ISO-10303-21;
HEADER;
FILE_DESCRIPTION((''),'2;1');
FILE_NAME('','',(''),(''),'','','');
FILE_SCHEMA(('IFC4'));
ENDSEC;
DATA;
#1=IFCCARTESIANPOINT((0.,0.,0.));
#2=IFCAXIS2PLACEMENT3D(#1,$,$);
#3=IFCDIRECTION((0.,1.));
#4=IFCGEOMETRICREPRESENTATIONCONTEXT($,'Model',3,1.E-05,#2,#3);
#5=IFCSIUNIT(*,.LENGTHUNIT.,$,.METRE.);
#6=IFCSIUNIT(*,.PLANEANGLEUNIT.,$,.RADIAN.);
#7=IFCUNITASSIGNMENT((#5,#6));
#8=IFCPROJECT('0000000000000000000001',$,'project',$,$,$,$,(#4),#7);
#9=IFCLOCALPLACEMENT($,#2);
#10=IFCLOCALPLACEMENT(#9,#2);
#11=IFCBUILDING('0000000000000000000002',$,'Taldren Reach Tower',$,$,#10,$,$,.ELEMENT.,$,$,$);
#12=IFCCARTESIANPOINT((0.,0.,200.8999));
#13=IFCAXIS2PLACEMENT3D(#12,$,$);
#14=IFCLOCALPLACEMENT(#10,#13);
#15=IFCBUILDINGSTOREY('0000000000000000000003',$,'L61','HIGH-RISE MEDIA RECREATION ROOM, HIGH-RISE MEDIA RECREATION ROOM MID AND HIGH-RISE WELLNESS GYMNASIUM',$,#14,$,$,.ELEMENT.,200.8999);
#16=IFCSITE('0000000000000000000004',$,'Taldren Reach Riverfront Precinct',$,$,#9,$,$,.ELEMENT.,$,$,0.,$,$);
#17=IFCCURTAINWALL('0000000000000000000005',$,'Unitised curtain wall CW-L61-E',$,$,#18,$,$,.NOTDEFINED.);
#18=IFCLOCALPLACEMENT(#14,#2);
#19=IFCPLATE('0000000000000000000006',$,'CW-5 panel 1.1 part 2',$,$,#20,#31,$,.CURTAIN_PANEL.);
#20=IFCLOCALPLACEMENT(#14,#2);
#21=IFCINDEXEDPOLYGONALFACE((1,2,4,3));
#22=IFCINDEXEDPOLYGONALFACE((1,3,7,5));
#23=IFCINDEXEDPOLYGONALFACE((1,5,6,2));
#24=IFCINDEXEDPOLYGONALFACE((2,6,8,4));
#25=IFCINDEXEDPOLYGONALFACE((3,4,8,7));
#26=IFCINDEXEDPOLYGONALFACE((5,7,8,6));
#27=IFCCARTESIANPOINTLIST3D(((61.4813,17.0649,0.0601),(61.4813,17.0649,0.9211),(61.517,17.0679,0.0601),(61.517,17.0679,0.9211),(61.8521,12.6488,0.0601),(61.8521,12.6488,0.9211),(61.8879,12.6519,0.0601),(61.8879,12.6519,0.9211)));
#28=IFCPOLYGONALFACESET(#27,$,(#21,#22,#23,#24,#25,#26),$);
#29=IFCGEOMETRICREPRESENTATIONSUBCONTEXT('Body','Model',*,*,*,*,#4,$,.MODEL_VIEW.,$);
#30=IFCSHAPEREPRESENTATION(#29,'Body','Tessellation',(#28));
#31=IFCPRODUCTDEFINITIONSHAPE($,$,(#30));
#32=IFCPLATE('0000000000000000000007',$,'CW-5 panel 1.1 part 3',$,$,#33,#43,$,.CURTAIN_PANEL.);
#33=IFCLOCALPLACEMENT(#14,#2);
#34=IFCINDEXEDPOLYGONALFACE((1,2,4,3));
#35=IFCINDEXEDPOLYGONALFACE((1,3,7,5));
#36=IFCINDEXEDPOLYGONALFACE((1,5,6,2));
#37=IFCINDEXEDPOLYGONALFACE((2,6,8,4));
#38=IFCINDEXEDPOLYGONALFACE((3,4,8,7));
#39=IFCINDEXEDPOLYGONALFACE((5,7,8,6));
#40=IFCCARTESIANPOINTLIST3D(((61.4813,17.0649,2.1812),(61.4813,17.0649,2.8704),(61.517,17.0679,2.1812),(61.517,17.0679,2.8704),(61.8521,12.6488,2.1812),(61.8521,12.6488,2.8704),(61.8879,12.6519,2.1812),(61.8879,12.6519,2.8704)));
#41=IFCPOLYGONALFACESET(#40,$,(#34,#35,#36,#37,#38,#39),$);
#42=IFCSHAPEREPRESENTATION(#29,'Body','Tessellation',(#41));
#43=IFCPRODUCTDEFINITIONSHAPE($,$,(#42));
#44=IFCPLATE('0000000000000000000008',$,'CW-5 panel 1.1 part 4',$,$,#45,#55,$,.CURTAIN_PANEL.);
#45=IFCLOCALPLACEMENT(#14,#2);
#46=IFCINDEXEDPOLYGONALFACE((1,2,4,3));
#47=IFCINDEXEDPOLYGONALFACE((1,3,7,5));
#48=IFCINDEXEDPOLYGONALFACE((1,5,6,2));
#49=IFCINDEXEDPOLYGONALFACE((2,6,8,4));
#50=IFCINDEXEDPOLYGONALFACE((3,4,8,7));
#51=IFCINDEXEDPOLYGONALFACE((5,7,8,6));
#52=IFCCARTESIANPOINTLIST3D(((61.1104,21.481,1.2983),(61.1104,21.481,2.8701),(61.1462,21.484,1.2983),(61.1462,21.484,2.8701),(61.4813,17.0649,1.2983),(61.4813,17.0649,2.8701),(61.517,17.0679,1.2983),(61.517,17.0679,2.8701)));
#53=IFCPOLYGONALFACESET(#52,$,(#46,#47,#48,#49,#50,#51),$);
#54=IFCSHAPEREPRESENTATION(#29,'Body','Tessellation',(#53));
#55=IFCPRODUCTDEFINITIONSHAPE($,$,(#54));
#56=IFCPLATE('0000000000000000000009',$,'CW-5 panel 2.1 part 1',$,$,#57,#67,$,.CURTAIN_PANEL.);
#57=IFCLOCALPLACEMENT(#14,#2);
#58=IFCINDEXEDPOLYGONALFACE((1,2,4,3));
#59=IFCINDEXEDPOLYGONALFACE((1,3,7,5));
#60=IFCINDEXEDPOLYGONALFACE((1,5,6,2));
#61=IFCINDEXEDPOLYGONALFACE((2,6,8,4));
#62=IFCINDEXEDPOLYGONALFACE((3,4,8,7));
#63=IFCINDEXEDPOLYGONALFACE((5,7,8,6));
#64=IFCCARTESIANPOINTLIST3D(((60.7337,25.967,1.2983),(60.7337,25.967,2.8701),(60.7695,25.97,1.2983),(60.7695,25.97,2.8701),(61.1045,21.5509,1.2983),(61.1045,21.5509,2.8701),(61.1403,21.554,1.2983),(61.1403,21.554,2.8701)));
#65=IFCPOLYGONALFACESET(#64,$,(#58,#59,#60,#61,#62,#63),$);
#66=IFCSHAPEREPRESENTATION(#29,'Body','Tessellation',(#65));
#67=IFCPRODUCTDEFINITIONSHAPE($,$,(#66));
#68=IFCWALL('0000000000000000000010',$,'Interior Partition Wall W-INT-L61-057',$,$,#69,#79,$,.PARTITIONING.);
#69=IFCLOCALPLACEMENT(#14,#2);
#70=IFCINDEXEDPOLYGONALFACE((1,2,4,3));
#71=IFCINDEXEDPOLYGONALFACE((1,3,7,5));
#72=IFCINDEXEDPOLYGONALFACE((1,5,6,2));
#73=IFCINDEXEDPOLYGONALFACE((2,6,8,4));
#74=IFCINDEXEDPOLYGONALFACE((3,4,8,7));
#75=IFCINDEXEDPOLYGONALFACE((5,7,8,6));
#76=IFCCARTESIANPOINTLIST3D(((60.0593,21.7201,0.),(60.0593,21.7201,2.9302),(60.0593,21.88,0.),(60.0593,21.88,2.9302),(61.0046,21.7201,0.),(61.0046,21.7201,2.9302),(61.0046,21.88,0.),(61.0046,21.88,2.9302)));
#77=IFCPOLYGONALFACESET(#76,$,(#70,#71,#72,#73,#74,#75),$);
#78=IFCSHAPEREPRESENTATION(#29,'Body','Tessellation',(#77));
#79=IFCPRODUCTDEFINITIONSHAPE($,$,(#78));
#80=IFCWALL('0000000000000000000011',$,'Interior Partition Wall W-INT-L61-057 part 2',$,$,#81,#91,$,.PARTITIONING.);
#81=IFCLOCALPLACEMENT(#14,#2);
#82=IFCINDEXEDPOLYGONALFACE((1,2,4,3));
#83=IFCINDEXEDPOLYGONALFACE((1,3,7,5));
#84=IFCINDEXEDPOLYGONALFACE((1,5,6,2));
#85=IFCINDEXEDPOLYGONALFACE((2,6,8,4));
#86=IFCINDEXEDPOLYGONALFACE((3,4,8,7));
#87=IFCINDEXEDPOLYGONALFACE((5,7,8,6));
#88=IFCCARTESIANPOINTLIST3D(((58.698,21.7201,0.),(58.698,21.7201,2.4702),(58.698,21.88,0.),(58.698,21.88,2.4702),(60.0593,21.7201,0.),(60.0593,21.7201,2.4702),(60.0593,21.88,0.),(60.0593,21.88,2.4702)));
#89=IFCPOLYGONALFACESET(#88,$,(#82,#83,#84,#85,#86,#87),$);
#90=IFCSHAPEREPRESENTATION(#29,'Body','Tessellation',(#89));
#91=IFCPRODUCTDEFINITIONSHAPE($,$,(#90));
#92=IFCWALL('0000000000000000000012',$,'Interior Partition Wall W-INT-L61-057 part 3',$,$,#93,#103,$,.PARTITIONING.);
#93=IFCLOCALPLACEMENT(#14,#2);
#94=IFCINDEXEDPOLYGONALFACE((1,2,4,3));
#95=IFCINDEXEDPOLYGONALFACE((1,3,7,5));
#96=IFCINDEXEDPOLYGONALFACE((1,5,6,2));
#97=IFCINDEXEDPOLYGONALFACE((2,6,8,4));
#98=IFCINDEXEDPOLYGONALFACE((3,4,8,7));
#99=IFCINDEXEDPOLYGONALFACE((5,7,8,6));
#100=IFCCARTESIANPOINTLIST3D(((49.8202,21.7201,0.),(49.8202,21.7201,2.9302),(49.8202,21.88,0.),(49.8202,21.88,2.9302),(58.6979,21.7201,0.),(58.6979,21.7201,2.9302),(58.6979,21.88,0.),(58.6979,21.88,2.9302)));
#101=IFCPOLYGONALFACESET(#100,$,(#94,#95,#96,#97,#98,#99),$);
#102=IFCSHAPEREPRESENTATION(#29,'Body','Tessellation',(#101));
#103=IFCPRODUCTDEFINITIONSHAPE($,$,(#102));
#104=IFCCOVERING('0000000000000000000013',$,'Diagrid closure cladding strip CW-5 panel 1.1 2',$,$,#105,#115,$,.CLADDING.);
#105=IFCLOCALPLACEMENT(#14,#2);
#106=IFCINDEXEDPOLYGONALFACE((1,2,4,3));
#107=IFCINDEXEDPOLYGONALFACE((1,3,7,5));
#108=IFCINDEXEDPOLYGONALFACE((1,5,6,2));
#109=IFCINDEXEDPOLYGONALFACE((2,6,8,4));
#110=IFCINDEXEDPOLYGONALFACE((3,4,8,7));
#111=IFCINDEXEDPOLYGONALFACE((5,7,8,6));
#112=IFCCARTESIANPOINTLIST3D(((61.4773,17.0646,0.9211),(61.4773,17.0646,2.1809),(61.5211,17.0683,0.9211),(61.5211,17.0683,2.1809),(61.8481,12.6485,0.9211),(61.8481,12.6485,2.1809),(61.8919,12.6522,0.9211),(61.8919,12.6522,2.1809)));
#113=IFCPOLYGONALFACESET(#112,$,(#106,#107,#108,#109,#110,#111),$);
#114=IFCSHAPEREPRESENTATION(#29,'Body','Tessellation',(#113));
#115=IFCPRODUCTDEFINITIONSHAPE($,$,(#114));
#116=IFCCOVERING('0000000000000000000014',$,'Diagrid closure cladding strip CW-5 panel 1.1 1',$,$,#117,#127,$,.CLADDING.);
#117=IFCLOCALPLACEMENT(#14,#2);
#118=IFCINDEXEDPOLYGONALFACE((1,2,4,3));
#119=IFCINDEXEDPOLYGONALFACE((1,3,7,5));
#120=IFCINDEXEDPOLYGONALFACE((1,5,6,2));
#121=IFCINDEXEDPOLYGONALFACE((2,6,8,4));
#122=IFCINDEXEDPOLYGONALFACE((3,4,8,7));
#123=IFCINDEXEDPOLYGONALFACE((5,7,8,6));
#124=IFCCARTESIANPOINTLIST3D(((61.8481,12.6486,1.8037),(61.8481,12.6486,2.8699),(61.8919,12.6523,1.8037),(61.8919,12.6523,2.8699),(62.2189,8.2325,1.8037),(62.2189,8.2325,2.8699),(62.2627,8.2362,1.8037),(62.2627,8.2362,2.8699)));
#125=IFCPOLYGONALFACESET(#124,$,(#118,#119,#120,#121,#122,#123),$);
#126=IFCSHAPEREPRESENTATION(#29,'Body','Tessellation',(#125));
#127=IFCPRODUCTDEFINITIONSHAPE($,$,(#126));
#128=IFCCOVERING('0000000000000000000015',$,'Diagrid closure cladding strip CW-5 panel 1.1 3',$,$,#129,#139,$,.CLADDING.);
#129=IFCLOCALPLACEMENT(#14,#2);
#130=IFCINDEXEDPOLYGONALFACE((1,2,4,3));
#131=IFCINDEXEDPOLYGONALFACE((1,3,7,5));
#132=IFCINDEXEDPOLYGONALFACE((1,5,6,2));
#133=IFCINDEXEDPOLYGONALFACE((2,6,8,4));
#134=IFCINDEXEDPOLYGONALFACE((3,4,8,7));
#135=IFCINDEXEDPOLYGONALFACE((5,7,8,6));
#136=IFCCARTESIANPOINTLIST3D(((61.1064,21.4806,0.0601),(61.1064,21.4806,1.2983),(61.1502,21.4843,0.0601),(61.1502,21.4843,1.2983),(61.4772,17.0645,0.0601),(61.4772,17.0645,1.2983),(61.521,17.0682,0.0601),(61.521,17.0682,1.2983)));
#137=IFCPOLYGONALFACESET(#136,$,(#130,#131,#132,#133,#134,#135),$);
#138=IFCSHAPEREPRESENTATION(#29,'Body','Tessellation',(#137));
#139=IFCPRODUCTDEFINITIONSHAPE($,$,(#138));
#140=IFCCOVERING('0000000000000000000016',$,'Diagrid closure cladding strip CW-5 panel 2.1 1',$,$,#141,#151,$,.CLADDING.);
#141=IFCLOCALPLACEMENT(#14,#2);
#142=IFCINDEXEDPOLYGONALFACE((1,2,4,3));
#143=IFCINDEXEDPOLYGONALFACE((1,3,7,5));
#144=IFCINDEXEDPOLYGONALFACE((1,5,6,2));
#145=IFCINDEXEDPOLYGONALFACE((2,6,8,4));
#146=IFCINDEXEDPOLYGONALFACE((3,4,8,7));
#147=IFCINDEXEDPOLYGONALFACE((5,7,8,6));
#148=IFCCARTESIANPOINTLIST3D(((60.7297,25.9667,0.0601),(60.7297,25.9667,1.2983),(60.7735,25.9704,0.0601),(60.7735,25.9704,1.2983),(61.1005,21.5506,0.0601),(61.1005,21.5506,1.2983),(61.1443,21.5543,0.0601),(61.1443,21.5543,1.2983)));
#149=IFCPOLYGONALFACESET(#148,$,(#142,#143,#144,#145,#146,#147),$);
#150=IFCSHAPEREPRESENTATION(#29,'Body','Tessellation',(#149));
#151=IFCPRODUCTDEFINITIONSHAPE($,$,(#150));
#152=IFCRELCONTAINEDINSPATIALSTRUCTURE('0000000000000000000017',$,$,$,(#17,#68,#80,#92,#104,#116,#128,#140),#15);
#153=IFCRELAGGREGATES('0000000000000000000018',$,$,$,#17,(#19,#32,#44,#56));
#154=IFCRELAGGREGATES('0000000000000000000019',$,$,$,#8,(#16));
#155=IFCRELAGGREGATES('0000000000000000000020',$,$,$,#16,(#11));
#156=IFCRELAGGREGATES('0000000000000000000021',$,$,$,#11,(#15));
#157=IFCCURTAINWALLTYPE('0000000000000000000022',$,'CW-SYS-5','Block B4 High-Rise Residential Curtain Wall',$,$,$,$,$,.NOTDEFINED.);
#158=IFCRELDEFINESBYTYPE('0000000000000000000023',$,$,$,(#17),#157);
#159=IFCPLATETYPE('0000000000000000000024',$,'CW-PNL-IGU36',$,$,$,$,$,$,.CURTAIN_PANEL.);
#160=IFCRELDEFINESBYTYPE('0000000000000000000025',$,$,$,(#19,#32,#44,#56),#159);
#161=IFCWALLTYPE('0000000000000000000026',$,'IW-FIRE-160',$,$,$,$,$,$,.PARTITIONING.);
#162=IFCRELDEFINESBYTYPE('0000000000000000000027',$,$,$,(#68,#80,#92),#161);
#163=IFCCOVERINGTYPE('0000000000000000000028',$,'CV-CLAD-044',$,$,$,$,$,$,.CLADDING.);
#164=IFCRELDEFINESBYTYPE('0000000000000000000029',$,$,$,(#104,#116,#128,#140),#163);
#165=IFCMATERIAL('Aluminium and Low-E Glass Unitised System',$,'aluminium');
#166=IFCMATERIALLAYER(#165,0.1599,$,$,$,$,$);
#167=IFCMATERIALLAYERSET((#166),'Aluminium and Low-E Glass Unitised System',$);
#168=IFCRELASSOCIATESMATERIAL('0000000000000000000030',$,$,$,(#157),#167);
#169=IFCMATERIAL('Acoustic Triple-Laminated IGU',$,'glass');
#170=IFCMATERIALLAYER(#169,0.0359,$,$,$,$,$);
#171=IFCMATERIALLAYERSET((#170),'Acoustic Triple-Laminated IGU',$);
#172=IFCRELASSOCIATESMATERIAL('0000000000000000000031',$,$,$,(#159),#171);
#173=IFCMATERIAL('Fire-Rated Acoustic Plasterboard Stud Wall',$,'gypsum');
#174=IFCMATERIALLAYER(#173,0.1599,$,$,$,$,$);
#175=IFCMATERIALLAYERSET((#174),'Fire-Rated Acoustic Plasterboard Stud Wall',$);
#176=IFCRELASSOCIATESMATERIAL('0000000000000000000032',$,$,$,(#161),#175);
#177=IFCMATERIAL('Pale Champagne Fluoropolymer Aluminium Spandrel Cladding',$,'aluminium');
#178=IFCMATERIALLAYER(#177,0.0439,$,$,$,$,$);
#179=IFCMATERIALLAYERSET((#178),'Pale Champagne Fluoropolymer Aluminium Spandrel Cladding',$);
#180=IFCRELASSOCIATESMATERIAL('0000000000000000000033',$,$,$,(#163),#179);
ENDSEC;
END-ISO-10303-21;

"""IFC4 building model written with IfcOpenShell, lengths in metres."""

from ifc_helpers import new_model, si_unit, direction, frame, frame_2d, origin, origin_2d, place, context, subcontext, project, spatial, rectangle, extrude, source, transform, mapped, material, layer, layer_set, type_object, element, aggregate, save


model = new_model("IFC4")

# Units and contexts
model_context = context("Model", 3, precision=1e-05, world=origin(), true_north=direction((0.0, 1.0)))
body_context = subcontext(model_context, "Body", "Model", "MODEL_VIEW")
ifc_project = project(units=[si_unit("LENGTHUNIT", "METRE"), si_unit("PLANEANGLEUNIT", "RADIAN")], contexts=[model_context])

# Site, building, storey
site_placement = place(None, origin())
site = spatial("IfcSite", under=ifc_project, at=site_placement, Name="Taldren Reach Riverfront Precinct", CompositionType="ELEMENT", RefElevation=0.0)
building_placement = place(site_placement, origin())
building = spatial("IfcBuilding", under=site, at=building_placement, Name="Taldren Reach Tower", CompositionType="ELEMENT")
storey_placement = place(building_placement, frame((0.0, 0.0, 200.8999)))
storey = spatial("IfcBuildingStorey", under=building, at=storey_placement, Name="L61", Description="HIGH-RISE MEDIA RECREATION ROOM, HIGH-RISE MEDIA RECREATION ROOM MID AND HIGH-RISE WELLNESS GYMNASIUM", CompositionType="ELEMENT", Elevation=200.8999)

# Curtain wall
ifc_material_1 = material(Name="Aluminium and Low-E Glass Unitised System", Category="aluminium")
ifc_layer_1 = layer(ifc_material_1, 0.1599)
ifc_layer_set_1 = layer_set([ifc_layer_1], Name="Aluminium and Low-E Glass Unitised System")
curtain_wall_type = type_object("IfcCurtainWallType", Name="CW-SYS-5", Description="Block B4 High-Rise Residential Curtain Wall", PredefinedType="NOTDEFINED", material=ifc_layer_set_1)
curtain_wall_placement = place(storey_placement, origin())
curtain_wall = element("IfcCurtainWall", 1, at=curtain_wall_placement, inside=storey, type_object=curtain_wall_type, Name="Unitised curtain wall CW-L61-E", PredefinedType="NOTDEFINED")

# Plates
ifc_material_2 = material(Name="Acoustic Triple-Laminated IGU", Category="glass")
ifc_layer_2 = layer(ifc_material_2, 0.0359)
ifc_layer_set_2 = layer_set([ifc_layer_2], Name="Acoustic Triple-Laminated IGU")
plate_type_1 = type_object("IfcPlateType", Name="CW-PNL-IGU36", PredefinedType="CURTAIN_PANEL", material=ifc_layer_set_2)
shared_shape_1 = source(origin(), body_context, "Body", "SweptSolid", [
    extrude(rectangle(XDim=4.4316, YDim=0.0359, at=origin_2d()), origin(), (0.0, 0.0, 1.0), 0.8611),
])
plate_1_placement = place(storey_placement, frame((61.6846, 14.8584, 0.0601), z_axis=(0.0, 0.0, 1.0), x_axis=(-0.083678, 0.996493, 0.0)))
plate_1 = element("IfcPlate", 2, at=plate_1_placement, type_object=plate_type_1, Name="CW-5 panel 1.1 part 2", PredefinedType="CURTAIN_PANEL", context=body_context, shape_type="MappedRepresentation", body=[
    mapped(shared_shape_1, transform((0.0, 0.0, 0.0), scale=1.0)),
])
shared_shape_2 = source(origin(), body_context, "Body", "SweptSolid", [
    extrude(rectangle(XDim=4.4316, YDim=0.0359, at=origin_2d()), origin(), (0.0, 0.0, 1.0), 0.6892),
])
plate_2_placement = place(storey_placement, frame((61.6846, 14.8584, 2.1812), z_axis=(0.0, 0.0, 1.0), x_axis=(-0.083678, 0.996493, 0.0)))
plate_2 = element("IfcPlate", 3, at=plate_2_placement, type_object=plate_type_1, Name="CW-5 panel 1.1 part 3", PredefinedType="CURTAIN_PANEL", context=body_context, shape_type="MappedRepresentation", body=[
    mapped(shared_shape_2, transform((0.0, 0.0, 0.0), scale=1.0)),
])
shared_shape_3 = source(origin(), body_context, "Body", "SweptSolid", [
    extrude(rectangle(XDim=4.4316, YDim=0.0359, at=origin_2d()), origin(), (0.0, 0.0, 1.0), 1.5718),
])
plate_3_placement = place(storey_placement, frame((61.3137, 19.2744, 1.2983), z_axis=(0.0, 0.0, 1.0), x_axis=(-0.083678, 0.996493, 0.0)))
plate_3 = element("IfcPlate", 4, at=plate_3_placement, type_object=plate_type_1, Name="CW-5 panel 1.1 part 4", PredefinedType="CURTAIN_PANEL", context=body_context, shape_type="MappedRepresentation", body=[
    mapped(shared_shape_3, transform((0.0, 0.0, 0.0), scale=1.0)),
])
plate_4_placement = place(storey_placement, frame((60.937, 23.7605, 1.2983), z_axis=(0.0, 0.0, 1.0), x_axis=(-0.083678, 0.996493, 0.0)))
plate_4 = element("IfcPlate", 5, at=plate_4_placement, type_object=plate_type_1, Name="CW-5 panel 2.1 part 1", PredefinedType="CURTAIN_PANEL", context=body_context, shape_type="MappedRepresentation", body=[
    mapped(shared_shape_3, transform((0.0, 0.0, 0.0), scale=1.0)),
])
aggregate(curtain_wall, [plate_1, plate_2, plate_3, plate_4])

# Walls
ifc_material_3 = material(Name="Fire-Rated Acoustic Plasterboard Stud Wall", Category="gypsum")
ifc_layer_3 = layer(ifc_material_3, 0.1599)
ifc_layer_set_3 = layer_set([ifc_layer_3], Name="Fire-Rated Acoustic Plasterboard Stud Wall")
wall_type = type_object("IfcWallType", Name="IW-FIRE-160", PredefinedType="PARTITIONING", material=ifc_layer_set_3)
shared_shape_4 = source(origin(), body_context, "Body", "SweptSolid", [
    extrude(rectangle(XDim=0.9453, YDim=0.1599, at=frame_2d((0.4727, 0.0))), origin(), (0.0, 0.0, 1.0), 2.9302),
])
wall_1_placement = place(storey_placement, frame((61.0046, 21.8, 0.0), z_axis=(0.0, 0.0, 1.0), x_axis=(-1.0, 0.0, 0.0)))
element("IfcWall", 6, at=wall_1_placement, inside=storey, type_object=wall_type, Name="Interior Partition Wall W-INT-L61-057", PredefinedType="PARTITIONING", context=body_context, shape_type="MappedRepresentation", body=[
    mapped(shared_shape_4, transform((0.0, 0.0, 0.0), scale=1.0)),
])
shared_shape_5 = source(origin(), body_context, "Body", "SweptSolid", [
    extrude(rectangle(XDim=1.3613, YDim=0.1599, at=frame_2d((0.6807, 0.0))), origin(), (0.0, 0.0, 1.0), 2.4702),
])
wall_2_placement = place(storey_placement, frame((60.0593, 21.8, 0.0), z_axis=(0.0, 0.0, 1.0), x_axis=(-1.0, 0.0, 0.0)))
element("IfcWall", 7, at=wall_2_placement, inside=storey, type_object=wall_type, Name="Interior Partition Wall W-INT-L61-057 part 2", PredefinedType="PARTITIONING", context=body_context, shape_type="MappedRepresentation", body=[
    mapped(shared_shape_5, transform((0.0, 0.0, 0.0), scale=1.0)),
])
shared_shape_6 = source(origin(), body_context, "Body", "SweptSolid", [
    extrude(rectangle(XDim=8.8777, YDim=0.1599, at=frame_2d((4.439, 0.0))), origin(), (0.0, 0.0, 1.0), 2.9302),
])
wall_3_placement = place(storey_placement, frame((58.698, 21.8, 0.0), z_axis=(0.0, 0.0, 1.0), x_axis=(-1.0, 0.0, 0.0)))
element("IfcWall", 8, at=wall_3_placement, inside=storey, type_object=wall_type, Name="Interior Partition Wall W-INT-L61-057 part 3", PredefinedType="PARTITIONING", context=body_context, shape_type="MappedRepresentation", body=[
    mapped(shared_shape_6, transform((0.0, 0.0, 0.0), scale=1.0)),
])

# Coverings
ifc_material_4 = material(Name="Pale Champagne Fluoropolymer Aluminium Spandrel Cladding", Category="aluminium")
ifc_layer_4 = layer(ifc_material_4, 0.0439)
ifc_layer_set_4 = layer_set([ifc_layer_4], Name="Pale Champagne Fluoropolymer Aluminium Spandrel Cladding")
covering_type = type_object("IfcCoveringType", Name="CV-CLAD-044", PredefinedType="CLADDING", material=ifc_layer_set_4)
shared_shape_7 = source(origin(), body_context, "Body", "SweptSolid", [
    extrude(rectangle(XDim=4.4316, YDim=0.0439, at=origin_2d()), origin(), (0.0, 0.0, 1.0), 1.2598),
])
covering_1_placement = place(storey_placement, frame((61.6846, 14.8584, 0.9211), z_axis=(0.0, 0.0, 1.0), x_axis=(-0.083678, 0.996493, 0.0)))
element("IfcCovering", 9, at=covering_1_placement, inside=storey, type_object=covering_type, Name="Diagrid closure cladding strip CW-5 panel 1.1 2", PredefinedType="CLADDING", context=body_context, shape_type="MappedRepresentation", body=[
    mapped(shared_shape_7, transform((0.0, 0.0, 0.0), scale=1.0)),
])
shared_shape_8 = source(origin(), body_context, "Body", "SweptSolid", [
    extrude(rectangle(XDim=4.4316, YDim=0.0439, at=origin_2d()), origin(), (0.0, 0.0, 1.0), 1.0662),
])
covering_2_placement = place(storey_placement, frame((62.0554, 10.4424, 1.8037), z_axis=(0.0, 0.0, 1.0), x_axis=(-0.083678, 0.996493, 0.0)))
element("IfcCovering", 10, at=covering_2_placement, inside=storey, type_object=covering_type, Name="Diagrid closure cladding strip CW-5 panel 1.1 1", PredefinedType="CLADDING", context=body_context, shape_type="MappedRepresentation", body=[
    mapped(shared_shape_8, transform((0.0, 0.0, 0.0), scale=1.0)),
])
shared_shape_9 = source(origin(), body_context, "Body", "SweptSolid", [
    extrude(rectangle(XDim=4.4316, YDim=0.0439, at=origin_2d()), origin(), (0.0, 0.0, 1.0), 1.2383),
])
for number, where, z_axis, x_axis, name in (
    (11, (61.3137, 19.2744, 0.0601), (0.0, 0.0, 1.0), (-0.083678, 0.996493, 0.0), "Diagrid closure cladding strip CW-5 panel 1.1 3"),
    (12, (60.937, 23.7605, 0.0601), (0.0, 0.0, 1.0), (-0.083678, 0.996493, 0.0), "Diagrid closure cladding strip CW-5 panel 2.1 1"),
):
    element("IfcCovering", number, at=place(storey_placement, frame(where, z_axis=z_axis, x_axis=x_axis)), inside=storey, type_object=covering_type, Name=name, PredefinedType="CLADDING", context=body_context, shape_type="MappedRepresentation", body=[
        mapped(shared_shape_9, transform((0.0, 0.0, 0.0), scale=1.0)),
    ])

save(model, "model.ifc")
